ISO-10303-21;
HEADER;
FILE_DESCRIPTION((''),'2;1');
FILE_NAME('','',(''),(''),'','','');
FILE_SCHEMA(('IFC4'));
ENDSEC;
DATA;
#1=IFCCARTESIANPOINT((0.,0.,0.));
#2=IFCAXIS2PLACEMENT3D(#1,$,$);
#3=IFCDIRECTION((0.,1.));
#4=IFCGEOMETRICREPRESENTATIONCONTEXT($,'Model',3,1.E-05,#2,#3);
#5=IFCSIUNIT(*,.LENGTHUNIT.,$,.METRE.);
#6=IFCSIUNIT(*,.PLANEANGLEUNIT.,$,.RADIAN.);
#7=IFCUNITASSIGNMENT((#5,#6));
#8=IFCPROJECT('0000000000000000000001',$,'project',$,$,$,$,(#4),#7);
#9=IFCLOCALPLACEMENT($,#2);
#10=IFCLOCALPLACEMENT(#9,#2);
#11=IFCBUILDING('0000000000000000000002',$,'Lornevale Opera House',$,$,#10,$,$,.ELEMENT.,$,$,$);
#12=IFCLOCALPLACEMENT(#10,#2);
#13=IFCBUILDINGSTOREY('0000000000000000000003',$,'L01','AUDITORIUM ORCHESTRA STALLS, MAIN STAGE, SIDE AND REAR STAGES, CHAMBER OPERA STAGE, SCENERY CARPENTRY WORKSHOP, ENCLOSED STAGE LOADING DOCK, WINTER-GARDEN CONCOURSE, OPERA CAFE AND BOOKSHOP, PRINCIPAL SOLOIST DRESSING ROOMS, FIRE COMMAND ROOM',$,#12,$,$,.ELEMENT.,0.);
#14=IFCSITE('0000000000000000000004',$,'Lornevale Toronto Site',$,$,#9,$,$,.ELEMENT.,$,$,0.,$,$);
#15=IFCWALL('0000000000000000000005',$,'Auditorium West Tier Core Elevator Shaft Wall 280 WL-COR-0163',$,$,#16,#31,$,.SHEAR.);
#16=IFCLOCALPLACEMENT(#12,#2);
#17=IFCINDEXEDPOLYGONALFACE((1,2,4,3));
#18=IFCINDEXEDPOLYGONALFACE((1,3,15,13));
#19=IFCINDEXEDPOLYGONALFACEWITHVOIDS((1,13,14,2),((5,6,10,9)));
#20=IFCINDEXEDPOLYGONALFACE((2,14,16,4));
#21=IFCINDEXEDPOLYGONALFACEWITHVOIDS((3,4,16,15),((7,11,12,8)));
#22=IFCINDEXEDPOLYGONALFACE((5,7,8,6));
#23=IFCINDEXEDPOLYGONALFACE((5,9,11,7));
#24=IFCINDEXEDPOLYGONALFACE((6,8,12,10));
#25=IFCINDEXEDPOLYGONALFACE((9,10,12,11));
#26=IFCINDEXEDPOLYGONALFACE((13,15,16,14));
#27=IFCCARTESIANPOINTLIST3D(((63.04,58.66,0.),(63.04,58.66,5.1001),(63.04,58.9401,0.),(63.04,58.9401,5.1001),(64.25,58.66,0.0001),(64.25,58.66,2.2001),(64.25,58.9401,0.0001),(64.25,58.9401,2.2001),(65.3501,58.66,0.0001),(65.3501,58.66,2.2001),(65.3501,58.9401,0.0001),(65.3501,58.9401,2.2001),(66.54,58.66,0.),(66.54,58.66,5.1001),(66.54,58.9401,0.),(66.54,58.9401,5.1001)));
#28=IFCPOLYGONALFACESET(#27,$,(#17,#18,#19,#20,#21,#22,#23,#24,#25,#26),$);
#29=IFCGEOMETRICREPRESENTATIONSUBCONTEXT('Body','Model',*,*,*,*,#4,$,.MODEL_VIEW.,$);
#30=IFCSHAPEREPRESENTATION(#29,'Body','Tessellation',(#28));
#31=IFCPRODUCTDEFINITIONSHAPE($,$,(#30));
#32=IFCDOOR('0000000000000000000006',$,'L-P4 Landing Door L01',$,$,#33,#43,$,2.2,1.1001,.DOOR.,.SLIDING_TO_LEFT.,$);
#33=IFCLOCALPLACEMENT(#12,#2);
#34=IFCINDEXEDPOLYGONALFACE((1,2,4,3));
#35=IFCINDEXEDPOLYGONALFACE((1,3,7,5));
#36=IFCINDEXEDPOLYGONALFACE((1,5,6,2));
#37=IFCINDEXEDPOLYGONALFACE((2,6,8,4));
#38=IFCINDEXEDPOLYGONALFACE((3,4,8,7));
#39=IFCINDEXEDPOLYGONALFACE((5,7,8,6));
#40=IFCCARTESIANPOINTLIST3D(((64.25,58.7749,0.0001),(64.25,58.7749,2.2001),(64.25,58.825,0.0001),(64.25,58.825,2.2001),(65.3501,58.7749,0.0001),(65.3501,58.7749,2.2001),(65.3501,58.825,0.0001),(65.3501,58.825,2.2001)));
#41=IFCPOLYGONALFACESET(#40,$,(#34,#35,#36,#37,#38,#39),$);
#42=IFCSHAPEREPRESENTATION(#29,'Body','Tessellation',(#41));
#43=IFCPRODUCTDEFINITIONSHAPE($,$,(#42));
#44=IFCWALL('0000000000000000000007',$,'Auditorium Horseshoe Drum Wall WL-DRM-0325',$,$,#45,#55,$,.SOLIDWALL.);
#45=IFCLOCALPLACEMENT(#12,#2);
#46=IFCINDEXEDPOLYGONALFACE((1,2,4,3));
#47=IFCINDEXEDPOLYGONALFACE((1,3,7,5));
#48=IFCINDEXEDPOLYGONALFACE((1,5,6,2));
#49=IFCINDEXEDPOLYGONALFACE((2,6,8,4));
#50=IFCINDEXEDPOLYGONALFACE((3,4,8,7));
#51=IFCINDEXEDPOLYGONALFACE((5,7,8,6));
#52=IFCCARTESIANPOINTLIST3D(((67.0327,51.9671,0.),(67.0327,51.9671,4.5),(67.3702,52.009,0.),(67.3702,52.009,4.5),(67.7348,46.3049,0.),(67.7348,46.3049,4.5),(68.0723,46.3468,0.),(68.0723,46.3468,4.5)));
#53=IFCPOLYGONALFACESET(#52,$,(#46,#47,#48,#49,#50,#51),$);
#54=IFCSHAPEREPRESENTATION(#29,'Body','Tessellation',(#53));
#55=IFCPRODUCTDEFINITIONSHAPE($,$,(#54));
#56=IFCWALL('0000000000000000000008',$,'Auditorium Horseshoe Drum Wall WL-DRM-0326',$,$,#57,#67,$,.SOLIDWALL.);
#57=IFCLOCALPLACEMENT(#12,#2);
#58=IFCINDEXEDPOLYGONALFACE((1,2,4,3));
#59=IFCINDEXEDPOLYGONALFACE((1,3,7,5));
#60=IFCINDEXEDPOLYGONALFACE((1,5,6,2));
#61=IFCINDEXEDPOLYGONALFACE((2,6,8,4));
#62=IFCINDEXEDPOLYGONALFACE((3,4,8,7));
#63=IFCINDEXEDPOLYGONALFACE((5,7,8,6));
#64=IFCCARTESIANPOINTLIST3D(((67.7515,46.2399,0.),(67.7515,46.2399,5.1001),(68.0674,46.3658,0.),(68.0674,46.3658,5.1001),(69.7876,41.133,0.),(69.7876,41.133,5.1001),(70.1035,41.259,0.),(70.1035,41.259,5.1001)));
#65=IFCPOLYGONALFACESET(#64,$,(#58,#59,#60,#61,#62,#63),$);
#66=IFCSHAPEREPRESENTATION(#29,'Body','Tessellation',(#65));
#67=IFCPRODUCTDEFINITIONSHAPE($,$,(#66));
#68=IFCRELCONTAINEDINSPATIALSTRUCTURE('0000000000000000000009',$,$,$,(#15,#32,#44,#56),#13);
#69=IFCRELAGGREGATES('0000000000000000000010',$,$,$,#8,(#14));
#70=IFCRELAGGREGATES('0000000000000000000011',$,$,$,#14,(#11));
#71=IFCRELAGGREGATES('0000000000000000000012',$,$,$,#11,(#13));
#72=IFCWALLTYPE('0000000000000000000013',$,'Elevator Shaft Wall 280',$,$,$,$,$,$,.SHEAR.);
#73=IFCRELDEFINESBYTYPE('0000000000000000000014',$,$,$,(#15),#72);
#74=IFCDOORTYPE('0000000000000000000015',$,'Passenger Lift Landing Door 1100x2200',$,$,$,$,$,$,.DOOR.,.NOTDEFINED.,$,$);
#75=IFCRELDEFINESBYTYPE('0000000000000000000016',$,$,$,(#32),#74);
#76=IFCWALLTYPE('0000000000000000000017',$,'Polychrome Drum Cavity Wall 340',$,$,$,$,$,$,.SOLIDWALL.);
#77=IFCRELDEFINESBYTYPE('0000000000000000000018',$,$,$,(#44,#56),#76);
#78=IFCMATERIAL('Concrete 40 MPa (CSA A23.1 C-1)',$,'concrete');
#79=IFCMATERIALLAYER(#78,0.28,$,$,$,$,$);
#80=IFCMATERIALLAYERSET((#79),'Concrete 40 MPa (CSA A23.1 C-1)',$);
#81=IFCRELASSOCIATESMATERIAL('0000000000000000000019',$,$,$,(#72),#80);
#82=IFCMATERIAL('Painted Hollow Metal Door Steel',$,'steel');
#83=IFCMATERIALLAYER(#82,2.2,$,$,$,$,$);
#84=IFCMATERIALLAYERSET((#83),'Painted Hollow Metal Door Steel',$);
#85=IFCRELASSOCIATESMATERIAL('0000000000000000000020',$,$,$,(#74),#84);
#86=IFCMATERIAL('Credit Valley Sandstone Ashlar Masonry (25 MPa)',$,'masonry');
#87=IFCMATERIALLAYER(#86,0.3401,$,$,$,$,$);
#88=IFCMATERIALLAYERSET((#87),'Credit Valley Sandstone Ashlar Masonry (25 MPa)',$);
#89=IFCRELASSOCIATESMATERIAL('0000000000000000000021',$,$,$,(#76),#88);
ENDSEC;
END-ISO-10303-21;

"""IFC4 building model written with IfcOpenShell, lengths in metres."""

from ifc_helpers import new_model, si_unit, direction, frame, frame_2d, origin, place, context, subcontext, project, spatial, rectangle, extrude, material, layer, layer_set, type_object, element, fill, save


model = new_model("IFC4")

# Units and contexts
model_context = context("Model", 3, precision=1e-05, world=origin(), true_north=direction((0.0, 1.0)))
body_context = subcontext(model_context, "Body", "Model", "MODEL_VIEW")
ifc_project = project(units=[si_unit("LENGTHUNIT", "METRE"), si_unit("PLANEANGLEUNIT", "RADIAN")], contexts=[model_context])

# Site, building, storey
site_placement = place(None, origin())
site = spatial("IfcSite", under=ifc_project, at=site_placement, Name="Lornevale Toronto Site", CompositionType="ELEMENT", RefElevation=0.0)
building_placement = place(site_placement, origin())
building = spatial("IfcBuilding", under=site, at=building_placement, Name="Lornevale Opera House", CompositionType="ELEMENT")
storey_placement = place(building_placement, origin())
storey = spatial("IfcBuildingStorey", under=building, at=storey_placement, Name="L01", Description="AUDITORIUM ORCHESTRA STALLS, MAIN STAGE, SIDE AND REAR STAGES, CHAMBER OPERA STAGE, SCENERY CARPENTRY WORKSHOP, ENCLOSED STAGE LOADING DOCK, WINTER-GARDEN CONCOURSE, OPERA CAFE AND BOOKSHOP, PRINCIPAL SOLOIST DRESSING ROOMS, FIRE COMMAND ROOM", CompositionType="ELEMENT", Elevation=0.0)

# Shared definitions
ifc_material_1 = material(Name="Concrete 40 MPa (CSA A23.1 C-1)", Category="concrete")

# Wall, opening, door
ifc_layer_1 = layer(ifc_material_1, 0.28)
ifc_layer_set_1 = layer_set([ifc_layer_1], Name="Concrete 40 MPa (CSA A23.1 C-1)")
wall_type_1 = type_object("IfcWallType", Name="Elevator Shaft Wall 280", PredefinedType="SHEAR", material=ifc_layer_set_1)
wall_1_placement = place(storey_placement, frame((63.04, 58.8, 0.0), z_axis=(0.0, 0.0, 1.0), x_axis=(1.0, 0.0, 0.0)))
wall_1 = element("IfcWall", 1, at=wall_1_placement, inside=storey, type_object=wall_type_1, Name="Auditorium West Tier Core Elevator Shaft Wall 280 WL-COR-0163", PredefinedType="SHEAR", context=body_context, shape_type="SweptSolid", body=[
    extrude(rectangle(XDim=3.5, YDim=0.28, at=frame_2d((1.75, 0.0))), origin(), (0.0, 0.0, 1.0), 5.1001),
])
opening_placement = place(wall_1_placement, frame((1.21, 0.0, 0.0)))
opening = element("IfcOpeningElement", 2, at=opening_placement, cuts=wall_1, PredefinedType="OPENING", context=body_context, shape_type="SweptSolid", body=[
    extrude(rectangle(XDim=1.1001, YDim=2.2, at=frame_2d((0.55, 1.1001))), frame((0.0, 0.1499, 0.0), z_axis=(0.0, -1.0, 0.0), x_axis=(1.0, 0.0, 0.0)), (0.0, 0.0, 1.0), 0.3),
])
ifc_material_2 = material(Name="Painted Hollow Metal Door Steel", Category="steel")
ifc_layer_2 = layer(ifc_material_2, 2.2)
ifc_layer_set_2 = layer_set([ifc_layer_2], Name="Painted Hollow Metal Door Steel")
door_type = type_object("IfcDoorType", Name="Passenger Lift Landing Door 1100x2200", OperationType="NOTDEFINED", PredefinedType="DOOR", material=ifc_layer_set_2)
door_placement = place(opening_placement, origin())
door = element("IfcDoor", 3, at=door_placement, inside=storey, type_object=door_type, Name="L-P4 Landing Door L01", OperationType="SLIDING_TO_LEFT", OverallHeight=2.2, OverallWidth=1.1001, PredefinedType="DOOR", context=body_context, shape_type="SweptSolid", body=[
    extrude(rectangle(XDim=1.1001, YDim=2.2, at=frame_2d((0.55, 1.1001))), frame((0.0, 0.0249, 0.0), z_axis=(0.0, -1.0, 0.0), x_axis=(1.0, 0.0, 0.0)), (0.0, 0.0, 1.0), 0.05),
])
fill(opening, door)

# Walls
ifc_material_3 = material(Name="Credit Valley Sandstone Ashlar Masonry (25 MPa)", Category="masonry")
ifc_layer_3 = layer(ifc_material_3, 0.3401)
ifc_layer_set_3 = layer_set([ifc_layer_3], Name="Credit Valley Sandstone Ashlar Masonry (25 MPa)")
wall_type_2 = type_object("IfcWallType", Name="Polychrome Drum Cavity Wall 340", PredefinedType="SOLIDWALL", material=ifc_layer_set_3)
wall_2_placement = place(storey_placement, frame((67.2014, 51.988, 0.0), z_axis=(0.0, 0.0, 1.0), x_axis=(0.123066, -0.992399, 0.0)))
element("IfcWall", 4, at=wall_2_placement, inside=storey, type_object=wall_type_2, Name="Auditorium Horseshoe Drum Wall WL-DRM-0325", PredefinedType="SOLIDWALL", context=body_context, shape_type="SweptSolid", body=[
    extrude(rectangle(XDim=5.7056, YDim=0.3401, at=frame_2d((2.8528, 0.0))), origin(), (0.0, 0.0, 1.0), 4.5),
])
wall_3_placement = place(storey_placement, frame((67.9094, 46.303, 0.0), z_axis=(0.0, 0.0, 1.0), x_axis=(0.370349, -0.928893, 0.0)))
element("IfcWall", 5, at=wall_3_placement, inside=storey, type_object=wall_type_2, Name="Auditorium Horseshoe Drum Wall WL-DRM-0326", PredefinedType="SOLIDWALL", context=body_context, shape_type="SweptSolid", body=[
    extrude(rectangle(XDim=5.4978, YDim=0.3401, at=frame_2d((2.749, 0.0))), origin(), (0.0, 0.0, 1.0), 5.1001),
])

save(model, "model.ifc")
